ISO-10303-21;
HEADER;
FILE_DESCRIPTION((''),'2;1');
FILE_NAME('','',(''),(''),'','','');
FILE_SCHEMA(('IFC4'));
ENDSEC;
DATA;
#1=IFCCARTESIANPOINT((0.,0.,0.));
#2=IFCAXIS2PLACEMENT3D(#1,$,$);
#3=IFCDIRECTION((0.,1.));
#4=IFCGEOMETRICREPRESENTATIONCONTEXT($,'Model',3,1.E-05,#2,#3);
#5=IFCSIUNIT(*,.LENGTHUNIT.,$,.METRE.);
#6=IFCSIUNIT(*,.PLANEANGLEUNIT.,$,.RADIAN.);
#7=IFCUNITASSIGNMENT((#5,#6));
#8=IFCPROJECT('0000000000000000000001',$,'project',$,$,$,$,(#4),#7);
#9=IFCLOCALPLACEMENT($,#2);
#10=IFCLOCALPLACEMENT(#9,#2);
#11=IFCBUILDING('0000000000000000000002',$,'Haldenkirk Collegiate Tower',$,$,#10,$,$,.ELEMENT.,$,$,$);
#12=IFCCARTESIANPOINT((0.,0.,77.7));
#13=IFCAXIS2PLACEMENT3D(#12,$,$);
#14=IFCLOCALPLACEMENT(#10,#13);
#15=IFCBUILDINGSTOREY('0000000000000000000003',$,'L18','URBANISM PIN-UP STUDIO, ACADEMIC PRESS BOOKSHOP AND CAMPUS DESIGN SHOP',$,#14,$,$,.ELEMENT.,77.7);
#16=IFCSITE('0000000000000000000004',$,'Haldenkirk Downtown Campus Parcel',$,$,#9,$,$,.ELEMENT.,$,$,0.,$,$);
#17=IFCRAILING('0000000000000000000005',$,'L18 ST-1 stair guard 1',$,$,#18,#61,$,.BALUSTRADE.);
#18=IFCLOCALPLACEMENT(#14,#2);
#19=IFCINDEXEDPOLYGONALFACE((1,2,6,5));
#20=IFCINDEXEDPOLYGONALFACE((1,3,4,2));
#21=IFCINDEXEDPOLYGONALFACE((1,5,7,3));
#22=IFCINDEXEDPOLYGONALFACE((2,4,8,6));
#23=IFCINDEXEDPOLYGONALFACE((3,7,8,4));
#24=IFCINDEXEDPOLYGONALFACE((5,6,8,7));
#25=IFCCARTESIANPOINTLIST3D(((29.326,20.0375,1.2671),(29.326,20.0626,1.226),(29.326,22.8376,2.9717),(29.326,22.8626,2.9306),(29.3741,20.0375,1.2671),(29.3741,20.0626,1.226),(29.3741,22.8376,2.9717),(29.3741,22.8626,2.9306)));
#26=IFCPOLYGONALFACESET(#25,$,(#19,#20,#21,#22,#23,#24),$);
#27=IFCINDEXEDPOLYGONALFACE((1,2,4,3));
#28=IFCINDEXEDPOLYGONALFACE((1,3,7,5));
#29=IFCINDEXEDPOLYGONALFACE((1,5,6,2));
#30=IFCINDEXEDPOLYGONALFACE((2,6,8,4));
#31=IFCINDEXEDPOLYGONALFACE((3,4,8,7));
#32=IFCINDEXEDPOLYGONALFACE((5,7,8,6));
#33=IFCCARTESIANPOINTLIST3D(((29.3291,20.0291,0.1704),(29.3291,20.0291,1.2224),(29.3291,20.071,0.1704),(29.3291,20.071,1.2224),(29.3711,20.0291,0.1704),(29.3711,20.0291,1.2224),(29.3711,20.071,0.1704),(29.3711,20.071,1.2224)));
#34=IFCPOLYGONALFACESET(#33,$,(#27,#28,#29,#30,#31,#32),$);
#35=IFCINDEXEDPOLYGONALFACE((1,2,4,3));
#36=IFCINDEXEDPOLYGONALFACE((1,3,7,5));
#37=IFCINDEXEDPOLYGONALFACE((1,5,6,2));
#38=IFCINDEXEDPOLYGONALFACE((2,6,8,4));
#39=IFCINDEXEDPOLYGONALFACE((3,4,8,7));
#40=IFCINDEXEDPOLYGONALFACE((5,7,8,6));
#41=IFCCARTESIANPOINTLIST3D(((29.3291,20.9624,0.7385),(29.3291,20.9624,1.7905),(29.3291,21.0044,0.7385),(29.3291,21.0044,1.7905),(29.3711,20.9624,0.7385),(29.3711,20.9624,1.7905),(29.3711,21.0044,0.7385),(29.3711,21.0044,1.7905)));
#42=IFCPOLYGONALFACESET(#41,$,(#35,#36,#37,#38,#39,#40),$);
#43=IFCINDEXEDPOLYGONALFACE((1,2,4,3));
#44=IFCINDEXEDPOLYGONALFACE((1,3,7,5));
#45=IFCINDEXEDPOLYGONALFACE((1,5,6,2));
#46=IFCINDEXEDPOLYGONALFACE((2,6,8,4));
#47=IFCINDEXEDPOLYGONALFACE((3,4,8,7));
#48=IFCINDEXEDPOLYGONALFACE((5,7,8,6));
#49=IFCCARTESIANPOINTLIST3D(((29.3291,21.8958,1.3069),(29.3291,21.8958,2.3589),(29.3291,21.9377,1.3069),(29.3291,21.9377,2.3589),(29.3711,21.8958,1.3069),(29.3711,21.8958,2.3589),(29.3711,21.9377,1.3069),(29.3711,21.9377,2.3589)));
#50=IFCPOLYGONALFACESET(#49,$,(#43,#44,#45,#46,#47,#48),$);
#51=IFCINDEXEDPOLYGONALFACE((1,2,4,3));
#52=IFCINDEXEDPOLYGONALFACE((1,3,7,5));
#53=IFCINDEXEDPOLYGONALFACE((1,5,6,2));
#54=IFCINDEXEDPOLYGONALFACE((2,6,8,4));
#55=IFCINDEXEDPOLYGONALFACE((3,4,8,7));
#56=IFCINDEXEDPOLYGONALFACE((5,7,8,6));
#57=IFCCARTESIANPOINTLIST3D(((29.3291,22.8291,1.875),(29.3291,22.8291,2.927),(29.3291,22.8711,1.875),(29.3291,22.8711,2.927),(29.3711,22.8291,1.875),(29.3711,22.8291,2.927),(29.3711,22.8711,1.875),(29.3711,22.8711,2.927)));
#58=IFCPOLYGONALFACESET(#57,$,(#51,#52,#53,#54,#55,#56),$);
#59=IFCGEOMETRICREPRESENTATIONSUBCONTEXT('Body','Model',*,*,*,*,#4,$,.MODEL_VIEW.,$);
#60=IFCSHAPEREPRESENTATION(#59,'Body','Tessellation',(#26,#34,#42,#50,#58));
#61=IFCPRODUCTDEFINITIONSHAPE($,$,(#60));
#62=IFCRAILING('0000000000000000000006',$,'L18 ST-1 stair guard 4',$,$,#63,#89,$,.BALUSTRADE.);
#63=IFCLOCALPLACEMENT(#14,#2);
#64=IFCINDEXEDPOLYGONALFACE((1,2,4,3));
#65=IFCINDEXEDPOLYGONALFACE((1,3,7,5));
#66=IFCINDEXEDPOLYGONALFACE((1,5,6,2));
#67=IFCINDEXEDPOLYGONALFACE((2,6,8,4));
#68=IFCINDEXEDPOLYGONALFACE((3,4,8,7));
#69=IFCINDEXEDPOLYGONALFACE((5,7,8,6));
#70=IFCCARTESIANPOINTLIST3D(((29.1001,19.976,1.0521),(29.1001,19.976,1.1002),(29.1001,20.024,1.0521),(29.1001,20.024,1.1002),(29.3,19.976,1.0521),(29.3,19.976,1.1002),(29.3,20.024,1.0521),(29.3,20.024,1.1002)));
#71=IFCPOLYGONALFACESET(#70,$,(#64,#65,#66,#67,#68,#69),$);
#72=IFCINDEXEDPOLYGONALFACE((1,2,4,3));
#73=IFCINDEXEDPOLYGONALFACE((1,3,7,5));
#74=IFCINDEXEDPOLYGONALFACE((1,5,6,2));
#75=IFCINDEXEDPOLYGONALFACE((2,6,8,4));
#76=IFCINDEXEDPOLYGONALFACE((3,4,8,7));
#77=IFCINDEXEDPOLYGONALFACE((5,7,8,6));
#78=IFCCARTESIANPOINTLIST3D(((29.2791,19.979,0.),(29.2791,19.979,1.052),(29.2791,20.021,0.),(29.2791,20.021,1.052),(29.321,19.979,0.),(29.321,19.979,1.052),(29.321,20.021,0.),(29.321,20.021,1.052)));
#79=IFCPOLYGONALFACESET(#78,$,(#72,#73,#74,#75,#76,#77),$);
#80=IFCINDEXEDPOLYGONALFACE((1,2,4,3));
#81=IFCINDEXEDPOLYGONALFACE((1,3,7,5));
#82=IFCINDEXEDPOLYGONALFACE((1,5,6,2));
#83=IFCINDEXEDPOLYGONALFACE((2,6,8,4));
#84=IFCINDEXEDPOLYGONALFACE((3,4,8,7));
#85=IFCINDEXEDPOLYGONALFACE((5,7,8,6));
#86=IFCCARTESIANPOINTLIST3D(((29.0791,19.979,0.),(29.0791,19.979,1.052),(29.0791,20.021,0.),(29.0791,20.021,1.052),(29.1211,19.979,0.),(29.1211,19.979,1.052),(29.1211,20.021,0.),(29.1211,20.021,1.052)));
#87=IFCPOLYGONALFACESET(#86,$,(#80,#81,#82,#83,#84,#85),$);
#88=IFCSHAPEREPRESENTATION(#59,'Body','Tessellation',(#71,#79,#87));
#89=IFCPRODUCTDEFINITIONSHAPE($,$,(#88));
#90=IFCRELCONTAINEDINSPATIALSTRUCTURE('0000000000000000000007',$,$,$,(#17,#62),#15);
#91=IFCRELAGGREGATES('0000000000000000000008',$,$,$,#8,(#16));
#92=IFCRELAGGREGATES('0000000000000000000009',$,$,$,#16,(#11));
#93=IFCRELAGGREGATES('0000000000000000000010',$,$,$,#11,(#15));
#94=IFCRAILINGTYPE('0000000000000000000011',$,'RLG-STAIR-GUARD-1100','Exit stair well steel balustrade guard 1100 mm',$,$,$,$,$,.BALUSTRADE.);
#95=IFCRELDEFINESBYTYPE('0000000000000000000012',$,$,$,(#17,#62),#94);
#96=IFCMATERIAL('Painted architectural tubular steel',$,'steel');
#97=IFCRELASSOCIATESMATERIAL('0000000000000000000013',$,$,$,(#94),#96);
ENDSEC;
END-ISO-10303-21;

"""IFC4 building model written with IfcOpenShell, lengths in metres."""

from ifc_helpers import new_model, si_unit, direction, frame, origin, origin_2d, place, context, subcontext, project, spatial, rectangle, extrude, material, type_object, element, save


model = new_model("IFC4")

# Units and contexts
model_context = context("Model", 3, precision=1e-05, world=origin(), true_north=direction((0.0, 1.0)))
body_context = subcontext(model_context, "Body", "Model", "MODEL_VIEW")
ifc_project = project(units=[si_unit("LENGTHUNIT", "METRE"), si_unit("PLANEANGLEUNIT", "RADIAN")], contexts=[model_context])

# Site, building, storey
site_placement = place(None, origin())
site = spatial("IfcSite", under=ifc_project, at=site_placement, Name="Haldenkirk Downtown Campus Parcel", CompositionType="ELEMENT", RefElevation=0.0)
building_placement = place(site_placement, origin())
building = spatial("IfcBuilding", under=site, at=building_placement, Name="Haldenkirk Collegiate Tower", CompositionType="ELEMENT")
storey_placement = place(building_placement, frame((0.0, 0.0, 77.7)))
storey = spatial("IfcBuildingStorey", under=building, at=storey_placement, Name="L18", Description="URBANISM PIN-UP STUDIO, ACADEMIC PRESS BOOKSHOP AND CAMPUS DESIGN SHOP", CompositionType="ELEMENT", Elevation=77.7)

# Railings
ifc_material_1 = material(Name="Painted architectural tubular steel", Category="steel")
railing_type = type_object("IfcRailingType", Name="RLG-STAIR-GUARD-1100", Description="Exit stair well steel balustrade guard 1100 mm", PredefinedType="BALUSTRADE", material=ifc_material_1)
railing_1_placement = place(storey_placement, frame((29.3501, 20.05, 0.1704)))
element("IfcRailing", 1, at=railing_1_placement, inside=storey, type_object=railing_type, Name="L18 ST-1 stair guard 1", PredefinedType="BALUSTRADE", context=body_context, shape_type="SweptSolid", body=[
    extrude(rectangle(XDim=0.0481, YDim=0.0481, at=origin_2d()), frame((0.0, 0.0, 1.0762), z_axis=(0.0, 0.85417, 0.519994), x_axis=(-1.0, 0.0, 0.0)), (0.0, 0.0, 1.0), 3.2781),
    extrude(rectangle(XDim=0.042, YDim=0.042, at=origin_2d()), origin(), (0.0, 0.0, 1.0), 1.052),
    extrude(rectangle(XDim=0.042, YDim=0.042, at=origin_2d()), frame((0.0, 0.9333, 0.5681)), (0.0, 0.0, 1.0), 1.052),
    extrude(rectangle(XDim=0.042, YDim=0.042, at=origin_2d()), frame((0.0, 1.8667, 1.1365)), (0.0, 0.0, 1.0), 1.052),
    extrude(rectangle(XDim=0.042, YDim=0.042, at=origin_2d()), frame((0.0, 2.8, 1.7046)), (0.0, 0.0, 1.0), 1.052),
])
railing_2_placement = place(storey_placement, frame((29.3, 20.0, 0.0)))
element("IfcRailing", 2, at=railing_2_placement, inside=storey, type_object=railing_type, Name="L18 ST-1 stair guard 4", PredefinedType="BALUSTRADE", context=body_context, shape_type="SweptSolid", body=[
    extrude(rectangle(XDim=0.0481, YDim=0.0481, at=origin_2d()), frame((0.0, 0.0, 1.0762), z_axis=(-1.0, 0.0, 0.0), x_axis=(0.0, -1.0, 0.0)), (0.0, 0.0, 1.0), 0.2),
    extrude(rectangle(XDim=0.042, YDim=0.042, at=origin_2d()), origin(), (0.0, 0.0, 1.0), 1.052),
    extrude(rectangle(XDim=0.042, YDim=0.042, at=origin_2d()), frame((-0.2, 0.0, 0.0)), (0.0, 0.0, 1.0), 1.052),
])

save(model, "model.ifc")
